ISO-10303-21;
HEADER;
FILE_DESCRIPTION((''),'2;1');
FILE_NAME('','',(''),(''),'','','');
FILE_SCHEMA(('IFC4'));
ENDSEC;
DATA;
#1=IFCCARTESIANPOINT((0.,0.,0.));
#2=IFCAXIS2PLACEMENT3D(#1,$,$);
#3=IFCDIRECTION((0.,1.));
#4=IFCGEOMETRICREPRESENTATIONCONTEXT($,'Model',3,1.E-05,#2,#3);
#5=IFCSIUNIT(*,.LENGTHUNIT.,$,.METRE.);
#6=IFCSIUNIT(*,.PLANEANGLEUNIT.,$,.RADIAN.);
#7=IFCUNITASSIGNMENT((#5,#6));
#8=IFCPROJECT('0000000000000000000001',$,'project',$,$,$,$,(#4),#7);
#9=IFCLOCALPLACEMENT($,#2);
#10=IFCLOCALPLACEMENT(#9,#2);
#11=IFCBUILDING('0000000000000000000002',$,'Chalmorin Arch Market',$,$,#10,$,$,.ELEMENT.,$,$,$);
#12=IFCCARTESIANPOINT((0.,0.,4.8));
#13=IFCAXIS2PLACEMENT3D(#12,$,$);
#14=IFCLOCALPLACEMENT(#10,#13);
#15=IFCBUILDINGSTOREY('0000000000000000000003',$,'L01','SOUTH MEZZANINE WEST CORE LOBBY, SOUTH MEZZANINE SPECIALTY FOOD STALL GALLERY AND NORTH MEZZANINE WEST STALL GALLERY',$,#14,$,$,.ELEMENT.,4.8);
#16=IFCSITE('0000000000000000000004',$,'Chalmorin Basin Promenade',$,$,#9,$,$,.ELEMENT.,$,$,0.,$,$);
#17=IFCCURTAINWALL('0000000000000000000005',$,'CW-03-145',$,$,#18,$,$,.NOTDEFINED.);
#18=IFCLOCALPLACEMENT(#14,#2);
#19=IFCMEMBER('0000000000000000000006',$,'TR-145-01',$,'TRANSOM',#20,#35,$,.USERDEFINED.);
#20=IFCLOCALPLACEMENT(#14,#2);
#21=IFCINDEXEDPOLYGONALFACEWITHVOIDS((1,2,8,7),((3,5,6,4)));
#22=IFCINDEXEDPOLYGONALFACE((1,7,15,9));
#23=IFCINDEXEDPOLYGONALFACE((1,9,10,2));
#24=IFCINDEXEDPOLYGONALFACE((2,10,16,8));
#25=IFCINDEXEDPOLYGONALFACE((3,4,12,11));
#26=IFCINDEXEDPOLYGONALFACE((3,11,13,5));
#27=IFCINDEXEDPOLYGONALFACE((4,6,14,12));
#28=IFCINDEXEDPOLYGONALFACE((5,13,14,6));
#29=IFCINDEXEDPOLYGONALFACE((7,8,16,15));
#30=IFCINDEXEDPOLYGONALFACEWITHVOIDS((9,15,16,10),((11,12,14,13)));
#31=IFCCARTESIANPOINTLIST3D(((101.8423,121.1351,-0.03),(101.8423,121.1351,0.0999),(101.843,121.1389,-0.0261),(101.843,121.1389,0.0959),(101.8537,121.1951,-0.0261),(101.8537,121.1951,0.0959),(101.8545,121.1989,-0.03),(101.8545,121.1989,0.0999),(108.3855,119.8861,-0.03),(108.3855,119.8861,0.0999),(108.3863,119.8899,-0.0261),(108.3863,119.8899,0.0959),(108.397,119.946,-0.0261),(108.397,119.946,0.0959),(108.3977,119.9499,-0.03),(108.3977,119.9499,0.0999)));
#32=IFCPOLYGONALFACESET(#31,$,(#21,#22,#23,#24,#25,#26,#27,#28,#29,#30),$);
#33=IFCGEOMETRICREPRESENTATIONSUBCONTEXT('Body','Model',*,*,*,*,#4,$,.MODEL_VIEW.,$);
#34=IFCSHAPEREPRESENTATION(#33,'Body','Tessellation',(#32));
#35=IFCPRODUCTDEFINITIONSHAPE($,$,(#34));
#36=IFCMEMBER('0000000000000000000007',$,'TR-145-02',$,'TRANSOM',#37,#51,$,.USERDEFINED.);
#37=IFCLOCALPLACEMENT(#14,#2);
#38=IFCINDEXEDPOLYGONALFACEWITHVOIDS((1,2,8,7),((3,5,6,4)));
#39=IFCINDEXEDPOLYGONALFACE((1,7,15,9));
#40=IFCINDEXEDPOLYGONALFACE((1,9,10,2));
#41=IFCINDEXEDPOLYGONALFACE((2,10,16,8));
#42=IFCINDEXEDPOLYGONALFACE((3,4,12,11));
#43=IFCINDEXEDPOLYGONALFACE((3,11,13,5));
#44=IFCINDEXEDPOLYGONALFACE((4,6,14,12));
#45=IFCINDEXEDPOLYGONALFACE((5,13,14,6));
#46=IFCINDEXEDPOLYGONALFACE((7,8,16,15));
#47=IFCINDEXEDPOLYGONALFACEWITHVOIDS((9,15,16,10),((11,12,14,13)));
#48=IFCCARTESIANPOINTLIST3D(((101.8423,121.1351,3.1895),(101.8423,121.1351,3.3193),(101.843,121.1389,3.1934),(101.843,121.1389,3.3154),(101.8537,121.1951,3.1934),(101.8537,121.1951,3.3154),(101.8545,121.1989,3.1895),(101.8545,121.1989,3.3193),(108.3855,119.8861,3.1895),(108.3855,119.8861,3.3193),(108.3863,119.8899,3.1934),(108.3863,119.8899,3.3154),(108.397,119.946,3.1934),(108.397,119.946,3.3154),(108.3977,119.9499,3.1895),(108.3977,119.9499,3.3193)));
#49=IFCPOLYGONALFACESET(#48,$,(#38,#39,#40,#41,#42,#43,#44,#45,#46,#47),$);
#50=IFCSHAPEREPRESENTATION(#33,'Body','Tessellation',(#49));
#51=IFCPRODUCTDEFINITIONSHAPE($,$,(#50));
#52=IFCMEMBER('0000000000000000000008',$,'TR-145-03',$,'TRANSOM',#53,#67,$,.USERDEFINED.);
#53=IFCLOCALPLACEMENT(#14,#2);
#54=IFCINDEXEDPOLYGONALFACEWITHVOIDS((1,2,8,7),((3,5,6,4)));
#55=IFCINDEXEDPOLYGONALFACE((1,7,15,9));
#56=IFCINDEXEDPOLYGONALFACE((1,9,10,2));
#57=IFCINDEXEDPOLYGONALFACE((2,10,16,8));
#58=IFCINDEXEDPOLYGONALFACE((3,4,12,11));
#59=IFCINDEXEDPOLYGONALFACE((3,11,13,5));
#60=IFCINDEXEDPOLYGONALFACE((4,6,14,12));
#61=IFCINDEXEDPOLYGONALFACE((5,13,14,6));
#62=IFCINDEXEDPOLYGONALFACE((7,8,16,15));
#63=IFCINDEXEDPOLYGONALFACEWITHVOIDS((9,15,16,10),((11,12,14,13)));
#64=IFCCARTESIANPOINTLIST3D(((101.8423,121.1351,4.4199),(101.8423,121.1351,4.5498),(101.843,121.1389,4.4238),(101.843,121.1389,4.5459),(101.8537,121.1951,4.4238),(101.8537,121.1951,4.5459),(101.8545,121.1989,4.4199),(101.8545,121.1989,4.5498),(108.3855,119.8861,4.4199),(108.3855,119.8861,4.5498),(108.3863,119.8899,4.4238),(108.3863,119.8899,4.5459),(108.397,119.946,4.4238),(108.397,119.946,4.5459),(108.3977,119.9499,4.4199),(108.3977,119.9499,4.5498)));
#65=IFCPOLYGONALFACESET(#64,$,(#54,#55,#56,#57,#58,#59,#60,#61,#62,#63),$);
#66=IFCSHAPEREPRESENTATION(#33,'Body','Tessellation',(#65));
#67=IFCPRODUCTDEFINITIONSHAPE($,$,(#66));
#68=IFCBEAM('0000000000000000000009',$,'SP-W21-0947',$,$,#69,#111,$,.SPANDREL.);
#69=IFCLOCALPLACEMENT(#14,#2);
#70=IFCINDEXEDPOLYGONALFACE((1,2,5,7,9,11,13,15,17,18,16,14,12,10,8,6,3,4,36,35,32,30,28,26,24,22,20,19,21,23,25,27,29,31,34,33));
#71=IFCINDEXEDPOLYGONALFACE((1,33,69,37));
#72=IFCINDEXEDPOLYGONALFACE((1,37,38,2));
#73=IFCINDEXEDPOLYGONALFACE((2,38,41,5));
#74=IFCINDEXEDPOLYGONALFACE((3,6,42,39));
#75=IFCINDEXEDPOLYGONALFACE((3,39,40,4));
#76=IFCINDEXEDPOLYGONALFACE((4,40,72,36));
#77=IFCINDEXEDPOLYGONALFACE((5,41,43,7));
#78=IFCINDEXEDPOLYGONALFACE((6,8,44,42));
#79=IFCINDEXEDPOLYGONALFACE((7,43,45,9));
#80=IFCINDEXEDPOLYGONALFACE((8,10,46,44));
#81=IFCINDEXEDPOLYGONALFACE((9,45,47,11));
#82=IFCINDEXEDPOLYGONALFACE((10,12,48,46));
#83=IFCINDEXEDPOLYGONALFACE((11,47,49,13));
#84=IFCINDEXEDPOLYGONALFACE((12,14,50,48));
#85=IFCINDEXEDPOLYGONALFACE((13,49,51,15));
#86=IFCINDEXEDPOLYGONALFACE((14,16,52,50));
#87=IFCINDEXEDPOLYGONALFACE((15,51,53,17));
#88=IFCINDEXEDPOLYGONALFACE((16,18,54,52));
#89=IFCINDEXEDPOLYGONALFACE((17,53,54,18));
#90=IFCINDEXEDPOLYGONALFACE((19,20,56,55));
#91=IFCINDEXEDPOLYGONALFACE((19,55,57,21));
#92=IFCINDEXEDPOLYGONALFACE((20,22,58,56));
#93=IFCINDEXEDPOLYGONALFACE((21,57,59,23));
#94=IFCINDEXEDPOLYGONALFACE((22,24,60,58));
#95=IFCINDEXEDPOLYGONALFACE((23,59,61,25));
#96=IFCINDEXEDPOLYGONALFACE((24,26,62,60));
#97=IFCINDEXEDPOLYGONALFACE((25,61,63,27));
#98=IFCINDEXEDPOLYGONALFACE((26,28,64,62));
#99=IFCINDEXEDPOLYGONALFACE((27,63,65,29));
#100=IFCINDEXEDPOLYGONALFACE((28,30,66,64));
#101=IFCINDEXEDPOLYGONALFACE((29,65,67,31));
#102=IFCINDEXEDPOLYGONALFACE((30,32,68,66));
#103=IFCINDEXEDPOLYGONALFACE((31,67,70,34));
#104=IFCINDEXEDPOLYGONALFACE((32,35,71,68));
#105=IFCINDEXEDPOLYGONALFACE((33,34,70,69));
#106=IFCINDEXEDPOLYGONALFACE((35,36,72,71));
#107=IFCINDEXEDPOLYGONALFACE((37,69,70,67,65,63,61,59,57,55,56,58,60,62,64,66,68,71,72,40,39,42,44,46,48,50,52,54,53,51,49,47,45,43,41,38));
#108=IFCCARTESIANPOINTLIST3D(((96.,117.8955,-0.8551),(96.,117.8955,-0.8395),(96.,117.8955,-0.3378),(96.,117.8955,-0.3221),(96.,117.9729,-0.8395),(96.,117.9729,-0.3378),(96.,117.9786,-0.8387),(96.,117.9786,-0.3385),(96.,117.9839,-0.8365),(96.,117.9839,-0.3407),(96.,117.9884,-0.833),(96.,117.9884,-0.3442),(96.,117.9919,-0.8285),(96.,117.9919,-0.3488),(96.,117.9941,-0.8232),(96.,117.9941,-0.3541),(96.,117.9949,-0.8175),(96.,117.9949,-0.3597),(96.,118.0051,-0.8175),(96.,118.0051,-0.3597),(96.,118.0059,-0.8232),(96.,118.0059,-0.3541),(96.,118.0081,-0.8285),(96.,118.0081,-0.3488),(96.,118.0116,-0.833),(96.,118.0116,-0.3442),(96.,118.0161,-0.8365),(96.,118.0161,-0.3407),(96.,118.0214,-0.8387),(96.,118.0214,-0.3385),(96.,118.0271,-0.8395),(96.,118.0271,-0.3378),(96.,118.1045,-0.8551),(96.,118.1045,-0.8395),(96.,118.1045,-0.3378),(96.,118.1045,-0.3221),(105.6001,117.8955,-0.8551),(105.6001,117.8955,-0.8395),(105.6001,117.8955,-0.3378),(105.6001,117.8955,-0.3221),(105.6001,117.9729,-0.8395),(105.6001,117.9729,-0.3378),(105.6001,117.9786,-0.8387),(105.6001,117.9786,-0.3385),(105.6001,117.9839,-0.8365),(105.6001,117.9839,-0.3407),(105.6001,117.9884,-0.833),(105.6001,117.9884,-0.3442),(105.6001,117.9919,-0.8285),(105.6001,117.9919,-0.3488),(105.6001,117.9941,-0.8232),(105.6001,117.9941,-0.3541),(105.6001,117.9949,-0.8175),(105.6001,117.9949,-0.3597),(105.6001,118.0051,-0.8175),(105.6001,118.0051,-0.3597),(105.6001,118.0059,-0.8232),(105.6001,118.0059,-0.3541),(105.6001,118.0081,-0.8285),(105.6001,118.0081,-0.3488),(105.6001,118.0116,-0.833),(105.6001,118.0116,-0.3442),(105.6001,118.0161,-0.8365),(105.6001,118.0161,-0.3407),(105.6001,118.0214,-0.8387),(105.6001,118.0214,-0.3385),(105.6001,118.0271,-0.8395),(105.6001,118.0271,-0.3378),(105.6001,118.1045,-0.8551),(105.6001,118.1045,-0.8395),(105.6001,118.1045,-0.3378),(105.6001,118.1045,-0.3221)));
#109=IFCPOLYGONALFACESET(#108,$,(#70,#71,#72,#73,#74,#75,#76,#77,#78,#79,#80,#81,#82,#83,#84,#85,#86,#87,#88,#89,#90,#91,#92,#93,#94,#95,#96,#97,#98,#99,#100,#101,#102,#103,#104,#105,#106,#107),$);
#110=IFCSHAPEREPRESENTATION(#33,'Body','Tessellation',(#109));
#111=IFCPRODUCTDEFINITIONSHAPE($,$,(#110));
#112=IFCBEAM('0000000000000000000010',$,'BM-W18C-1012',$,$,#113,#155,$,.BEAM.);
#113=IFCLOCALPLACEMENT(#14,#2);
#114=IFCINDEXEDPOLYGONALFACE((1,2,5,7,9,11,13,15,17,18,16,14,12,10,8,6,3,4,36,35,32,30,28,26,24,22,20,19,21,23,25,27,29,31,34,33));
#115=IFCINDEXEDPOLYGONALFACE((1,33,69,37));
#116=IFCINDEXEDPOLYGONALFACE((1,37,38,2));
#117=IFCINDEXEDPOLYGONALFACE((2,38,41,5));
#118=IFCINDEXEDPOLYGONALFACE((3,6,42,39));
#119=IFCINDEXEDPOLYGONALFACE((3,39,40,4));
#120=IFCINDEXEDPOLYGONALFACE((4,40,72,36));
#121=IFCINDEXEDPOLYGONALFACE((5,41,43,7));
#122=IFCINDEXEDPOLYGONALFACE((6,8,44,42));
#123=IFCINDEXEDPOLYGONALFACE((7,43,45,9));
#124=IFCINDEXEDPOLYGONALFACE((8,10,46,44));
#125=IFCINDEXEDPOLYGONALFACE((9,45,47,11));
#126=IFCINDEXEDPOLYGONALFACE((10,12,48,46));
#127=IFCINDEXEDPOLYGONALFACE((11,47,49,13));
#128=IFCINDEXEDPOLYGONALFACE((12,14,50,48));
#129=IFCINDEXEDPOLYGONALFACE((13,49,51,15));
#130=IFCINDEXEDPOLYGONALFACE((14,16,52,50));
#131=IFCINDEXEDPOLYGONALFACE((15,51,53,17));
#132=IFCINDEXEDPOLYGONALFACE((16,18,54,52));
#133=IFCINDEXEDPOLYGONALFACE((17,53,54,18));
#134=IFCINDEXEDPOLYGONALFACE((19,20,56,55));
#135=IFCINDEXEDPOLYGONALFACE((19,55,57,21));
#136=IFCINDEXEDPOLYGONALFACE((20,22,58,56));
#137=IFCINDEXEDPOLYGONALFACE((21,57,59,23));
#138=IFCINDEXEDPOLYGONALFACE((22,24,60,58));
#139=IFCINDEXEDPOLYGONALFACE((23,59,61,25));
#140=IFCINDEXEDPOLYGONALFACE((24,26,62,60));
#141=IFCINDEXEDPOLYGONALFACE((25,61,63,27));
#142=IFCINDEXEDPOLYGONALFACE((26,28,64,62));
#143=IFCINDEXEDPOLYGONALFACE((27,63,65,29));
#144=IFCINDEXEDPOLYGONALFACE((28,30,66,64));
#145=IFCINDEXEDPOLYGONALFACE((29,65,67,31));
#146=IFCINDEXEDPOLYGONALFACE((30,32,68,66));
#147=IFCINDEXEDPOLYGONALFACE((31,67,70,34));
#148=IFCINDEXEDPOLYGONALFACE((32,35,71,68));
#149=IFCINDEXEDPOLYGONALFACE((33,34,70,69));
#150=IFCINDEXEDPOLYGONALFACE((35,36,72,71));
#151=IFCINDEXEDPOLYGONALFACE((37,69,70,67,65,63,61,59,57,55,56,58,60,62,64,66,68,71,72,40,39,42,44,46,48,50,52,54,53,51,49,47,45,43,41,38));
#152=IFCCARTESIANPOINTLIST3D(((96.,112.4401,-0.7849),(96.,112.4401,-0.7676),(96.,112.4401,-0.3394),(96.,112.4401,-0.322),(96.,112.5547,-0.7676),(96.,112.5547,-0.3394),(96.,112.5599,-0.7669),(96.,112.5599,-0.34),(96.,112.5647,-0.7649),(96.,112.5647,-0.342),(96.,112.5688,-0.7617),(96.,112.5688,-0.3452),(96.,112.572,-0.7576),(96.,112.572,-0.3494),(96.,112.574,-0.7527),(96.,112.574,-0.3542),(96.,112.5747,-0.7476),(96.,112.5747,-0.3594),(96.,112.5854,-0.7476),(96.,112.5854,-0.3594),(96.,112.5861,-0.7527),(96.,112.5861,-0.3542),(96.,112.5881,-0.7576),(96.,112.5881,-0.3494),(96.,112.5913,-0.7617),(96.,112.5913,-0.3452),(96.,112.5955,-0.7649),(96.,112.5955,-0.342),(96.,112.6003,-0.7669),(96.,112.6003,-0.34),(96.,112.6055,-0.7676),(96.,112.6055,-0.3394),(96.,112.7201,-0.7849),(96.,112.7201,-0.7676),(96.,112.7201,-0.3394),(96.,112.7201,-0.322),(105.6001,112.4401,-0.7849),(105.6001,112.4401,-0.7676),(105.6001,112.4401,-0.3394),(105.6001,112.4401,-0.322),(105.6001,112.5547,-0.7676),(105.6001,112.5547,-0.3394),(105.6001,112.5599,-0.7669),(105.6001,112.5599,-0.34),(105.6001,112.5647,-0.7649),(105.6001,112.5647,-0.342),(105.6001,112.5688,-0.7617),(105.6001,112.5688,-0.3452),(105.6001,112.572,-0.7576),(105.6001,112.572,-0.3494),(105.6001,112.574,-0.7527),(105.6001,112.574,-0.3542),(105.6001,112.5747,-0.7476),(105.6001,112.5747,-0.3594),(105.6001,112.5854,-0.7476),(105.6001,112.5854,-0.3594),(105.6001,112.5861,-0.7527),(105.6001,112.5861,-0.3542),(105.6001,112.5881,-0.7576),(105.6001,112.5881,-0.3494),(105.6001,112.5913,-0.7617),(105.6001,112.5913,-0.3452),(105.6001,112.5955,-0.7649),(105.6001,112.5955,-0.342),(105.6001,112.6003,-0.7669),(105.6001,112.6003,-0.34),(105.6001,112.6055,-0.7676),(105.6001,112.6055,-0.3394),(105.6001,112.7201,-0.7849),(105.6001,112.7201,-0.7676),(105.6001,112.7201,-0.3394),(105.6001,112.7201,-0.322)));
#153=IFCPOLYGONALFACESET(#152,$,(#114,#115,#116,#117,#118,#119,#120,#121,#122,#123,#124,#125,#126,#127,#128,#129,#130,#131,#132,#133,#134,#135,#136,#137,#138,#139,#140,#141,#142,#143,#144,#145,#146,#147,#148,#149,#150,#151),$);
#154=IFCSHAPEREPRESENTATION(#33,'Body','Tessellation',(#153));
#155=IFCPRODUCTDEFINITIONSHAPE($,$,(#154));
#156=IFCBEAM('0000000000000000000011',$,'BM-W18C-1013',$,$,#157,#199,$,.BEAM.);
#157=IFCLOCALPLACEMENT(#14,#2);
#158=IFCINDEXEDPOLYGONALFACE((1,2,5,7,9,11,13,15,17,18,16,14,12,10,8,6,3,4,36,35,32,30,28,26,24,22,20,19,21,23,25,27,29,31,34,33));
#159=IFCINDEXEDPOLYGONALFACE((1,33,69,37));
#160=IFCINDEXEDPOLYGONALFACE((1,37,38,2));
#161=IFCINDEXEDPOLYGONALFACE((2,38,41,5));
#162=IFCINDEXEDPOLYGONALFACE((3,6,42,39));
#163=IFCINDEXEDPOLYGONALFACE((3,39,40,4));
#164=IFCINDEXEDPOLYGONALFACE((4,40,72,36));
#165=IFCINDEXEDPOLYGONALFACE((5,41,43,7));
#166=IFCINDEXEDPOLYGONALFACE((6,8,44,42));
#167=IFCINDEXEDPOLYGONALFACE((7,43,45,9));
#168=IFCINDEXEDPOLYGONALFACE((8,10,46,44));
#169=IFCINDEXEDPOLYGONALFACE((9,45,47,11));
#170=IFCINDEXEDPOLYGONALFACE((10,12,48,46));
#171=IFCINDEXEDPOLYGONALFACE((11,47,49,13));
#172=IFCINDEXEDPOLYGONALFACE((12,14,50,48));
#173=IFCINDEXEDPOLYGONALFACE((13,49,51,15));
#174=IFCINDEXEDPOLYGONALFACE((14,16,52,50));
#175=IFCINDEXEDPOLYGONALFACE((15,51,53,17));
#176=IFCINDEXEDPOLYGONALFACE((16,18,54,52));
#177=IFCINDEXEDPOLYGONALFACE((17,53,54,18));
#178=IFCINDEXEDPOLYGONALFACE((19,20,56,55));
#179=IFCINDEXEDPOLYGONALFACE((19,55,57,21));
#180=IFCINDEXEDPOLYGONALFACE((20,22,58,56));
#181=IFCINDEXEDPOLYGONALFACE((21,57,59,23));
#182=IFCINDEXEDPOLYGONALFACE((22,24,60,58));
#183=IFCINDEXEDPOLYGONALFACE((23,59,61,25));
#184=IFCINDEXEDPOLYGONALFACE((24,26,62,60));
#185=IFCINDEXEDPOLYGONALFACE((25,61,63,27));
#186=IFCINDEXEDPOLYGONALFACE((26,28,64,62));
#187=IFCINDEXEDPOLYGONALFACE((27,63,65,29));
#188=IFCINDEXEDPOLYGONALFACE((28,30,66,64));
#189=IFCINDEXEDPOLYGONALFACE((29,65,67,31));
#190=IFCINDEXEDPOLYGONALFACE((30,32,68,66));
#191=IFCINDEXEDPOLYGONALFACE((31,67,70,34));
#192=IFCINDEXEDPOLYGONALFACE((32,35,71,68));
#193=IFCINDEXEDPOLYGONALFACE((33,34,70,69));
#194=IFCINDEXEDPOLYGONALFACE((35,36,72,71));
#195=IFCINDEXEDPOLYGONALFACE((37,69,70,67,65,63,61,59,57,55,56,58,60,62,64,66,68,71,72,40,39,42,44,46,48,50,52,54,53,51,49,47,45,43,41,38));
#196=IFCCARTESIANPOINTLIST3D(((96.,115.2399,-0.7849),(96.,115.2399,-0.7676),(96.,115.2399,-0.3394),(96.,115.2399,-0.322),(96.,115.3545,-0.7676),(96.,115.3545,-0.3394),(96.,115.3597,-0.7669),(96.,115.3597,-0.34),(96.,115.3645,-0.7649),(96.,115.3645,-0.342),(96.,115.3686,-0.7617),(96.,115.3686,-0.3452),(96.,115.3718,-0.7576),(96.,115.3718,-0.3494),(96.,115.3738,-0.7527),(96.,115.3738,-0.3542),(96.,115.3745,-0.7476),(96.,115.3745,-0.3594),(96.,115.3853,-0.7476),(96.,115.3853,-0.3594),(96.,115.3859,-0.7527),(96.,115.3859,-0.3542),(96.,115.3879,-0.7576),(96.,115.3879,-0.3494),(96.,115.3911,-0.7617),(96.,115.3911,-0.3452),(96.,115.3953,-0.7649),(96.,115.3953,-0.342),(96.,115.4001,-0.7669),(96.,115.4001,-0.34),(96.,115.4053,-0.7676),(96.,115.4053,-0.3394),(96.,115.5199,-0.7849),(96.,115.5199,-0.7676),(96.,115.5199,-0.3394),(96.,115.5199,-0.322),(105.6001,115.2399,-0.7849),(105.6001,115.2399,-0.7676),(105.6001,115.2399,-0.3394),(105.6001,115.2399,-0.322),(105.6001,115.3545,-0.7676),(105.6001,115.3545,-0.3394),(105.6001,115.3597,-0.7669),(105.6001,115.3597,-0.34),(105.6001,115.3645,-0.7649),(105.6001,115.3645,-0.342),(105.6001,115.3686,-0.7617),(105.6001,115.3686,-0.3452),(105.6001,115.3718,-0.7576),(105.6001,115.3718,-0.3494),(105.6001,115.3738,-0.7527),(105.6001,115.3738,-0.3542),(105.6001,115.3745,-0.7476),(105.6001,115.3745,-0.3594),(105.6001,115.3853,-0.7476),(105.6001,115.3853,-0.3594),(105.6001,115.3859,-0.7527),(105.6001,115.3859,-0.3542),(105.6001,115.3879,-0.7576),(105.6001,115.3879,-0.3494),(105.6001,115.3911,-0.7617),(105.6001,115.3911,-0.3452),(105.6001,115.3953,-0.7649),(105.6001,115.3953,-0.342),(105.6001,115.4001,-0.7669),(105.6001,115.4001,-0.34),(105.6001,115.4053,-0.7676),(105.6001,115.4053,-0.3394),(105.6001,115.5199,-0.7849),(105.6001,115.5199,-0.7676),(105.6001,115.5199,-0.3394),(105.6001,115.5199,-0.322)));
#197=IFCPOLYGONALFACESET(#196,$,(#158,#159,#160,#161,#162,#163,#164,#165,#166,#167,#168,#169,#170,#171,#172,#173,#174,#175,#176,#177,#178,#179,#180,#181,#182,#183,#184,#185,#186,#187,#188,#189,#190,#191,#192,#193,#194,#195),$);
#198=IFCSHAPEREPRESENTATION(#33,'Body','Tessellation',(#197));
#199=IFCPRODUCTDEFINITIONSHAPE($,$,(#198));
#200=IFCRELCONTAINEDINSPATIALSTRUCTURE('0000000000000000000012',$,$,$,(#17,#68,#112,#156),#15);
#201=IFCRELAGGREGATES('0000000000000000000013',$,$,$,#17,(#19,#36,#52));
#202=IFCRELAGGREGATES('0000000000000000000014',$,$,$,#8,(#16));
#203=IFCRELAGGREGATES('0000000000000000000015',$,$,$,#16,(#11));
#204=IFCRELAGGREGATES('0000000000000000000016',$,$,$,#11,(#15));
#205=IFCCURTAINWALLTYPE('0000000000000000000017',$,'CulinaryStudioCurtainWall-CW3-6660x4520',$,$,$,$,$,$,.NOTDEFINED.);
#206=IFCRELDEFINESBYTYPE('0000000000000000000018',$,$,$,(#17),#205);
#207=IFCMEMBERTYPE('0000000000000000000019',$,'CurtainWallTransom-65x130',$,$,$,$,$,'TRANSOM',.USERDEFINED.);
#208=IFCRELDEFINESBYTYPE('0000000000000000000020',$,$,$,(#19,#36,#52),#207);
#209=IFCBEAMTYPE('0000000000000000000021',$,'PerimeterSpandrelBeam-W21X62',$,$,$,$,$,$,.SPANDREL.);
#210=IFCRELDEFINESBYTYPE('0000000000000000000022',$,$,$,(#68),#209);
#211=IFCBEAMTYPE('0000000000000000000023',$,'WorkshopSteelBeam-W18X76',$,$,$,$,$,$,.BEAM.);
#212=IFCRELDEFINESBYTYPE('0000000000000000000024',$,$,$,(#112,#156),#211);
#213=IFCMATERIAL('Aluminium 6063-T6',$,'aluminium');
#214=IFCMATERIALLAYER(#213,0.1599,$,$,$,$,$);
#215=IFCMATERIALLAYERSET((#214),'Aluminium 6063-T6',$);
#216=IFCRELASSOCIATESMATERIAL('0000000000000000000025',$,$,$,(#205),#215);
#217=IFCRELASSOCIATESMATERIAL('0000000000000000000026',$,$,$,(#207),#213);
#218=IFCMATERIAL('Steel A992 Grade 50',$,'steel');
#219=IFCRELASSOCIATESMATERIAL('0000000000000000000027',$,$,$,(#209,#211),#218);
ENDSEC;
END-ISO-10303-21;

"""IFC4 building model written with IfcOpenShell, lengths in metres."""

from ifc_helpers import new_model, si_unit, direction, frame, origin, origin_2d, place, context, subcontext, project, spatial, hollow_rectangle, i_section, extrude, material, layer, layer_set, material_profile, profile_set, type_object, element, aggregate, save


model = new_model("IFC4")

# Units and contexts
model_context = context("Model", 3, precision=1e-05, world=origin(), true_north=direction((0.0, 1.0)))
body_context = subcontext(model_context, "Body", "Model", "MODEL_VIEW")
ifc_project = project(units=[si_unit("LENGTHUNIT", "METRE"), si_unit("PLANEANGLEUNIT", "RADIAN")], contexts=[model_context])

# Site, building, storey
site_placement = place(None, origin())
site = spatial("IfcSite", under=ifc_project, at=site_placement, Name="Chalmorin Basin Promenade", CompositionType="ELEMENT", RefElevation=0.0)
building_placement = place(site_placement, origin())
building = spatial("IfcBuilding", under=site, at=building_placement, Name="Chalmorin Arch Market", CompositionType="ELEMENT")
storey_placement = place(building_placement, frame((0.0, 0.0, 4.8)))
storey = spatial("IfcBuildingStorey", under=building, at=storey_placement, Name="L01", Description="SOUTH MEZZANINE WEST CORE LOBBY, SOUTH MEZZANINE SPECIALTY FOOD STALL GALLERY AND NORTH MEZZANINE WEST STALL GALLERY", CompositionType="ELEMENT", Elevation=4.8)

# Shared definitions
ifc_material_1 = material(Name="Aluminium 6063-T6", Category="aluminium")

# Curtain wall
ifc_layer_1 = layer(ifc_material_1, 0.1599)
ifc_layer_set_1 = layer_set([ifc_layer_1], Name="Aluminium 6063-T6")
curtain_wall_type_1 = type_object("IfcCurtainWallType", Name="CulinaryStudioCurtainWall-CW3-6660x4520", PredefinedType="NOTDEFINED", material=ifc_layer_set_1)
curtain_wall_1_placement = place(storey_placement, origin())
curtain_wall_1 = element("IfcCurtainWall", 1, at=curtain_wall_1_placement, inside=storey, type_object=curtain_wall_type_1, Name="CW-03-145", PredefinedType="NOTDEFINED")

# Members
ifc_material_profile_1 = material_profile(ifc_material_1, hollow_rectangle(XDim=0.0649, YDim=0.1299, WallThickness=0.0039, at=origin_2d()), Name="ALU65X130X4")
ifc_profile_set_1 = profile_set([ifc_material_profile_1], Name="Aluminium 6063-T6")
member_type_1 = type_object("IfcMemberType", Name="CurtainWallTransom-65x130", ElementType="TRANSOM", PredefinedType="USERDEFINED", material=ifc_profile_set_1)
member_1_placement = place(storey_placement, frame((101.8484, 121.167, 0.0349), z_axis=(0.982264, -0.187503, 0.0), x_axis=(0.187503, 0.982264, 0.0)))
member_1 = element("IfcMember", 2, at=member_1_placement, type_object=member_type_1, Name="TR-145-01", ObjectType="TRANSOM", PredefinedType="USERDEFINED", context=body_context, shape_type="SweptSolid", body=[
    extrude(hollow_rectangle(XDim=0.0649, YDim=0.1299, WallThickness=0.0039, at=origin_2d()), origin(), (0.0, 0.0, 1.0), 6.6614),
])
member_2_placement = place(storey_placement, frame((101.8484, 121.167, 3.2544), z_axis=(0.982264, -0.187503, 0.0), x_axis=(0.187503, 0.982264, 0.0)))
member_2 = element("IfcMember", 3, at=member_2_placement, type_object=member_type_1, Name="TR-145-02", ObjectType="TRANSOM", PredefinedType="USERDEFINED", context=body_context, shape_type="SweptSolid", body=[
    extrude(hollow_rectangle(XDim=0.0649, YDim=0.1299, WallThickness=0.0039, at=origin_2d()), origin(), (0.0, 0.0, 1.0), 6.6614),
])
member_3_placement = place(storey_placement, frame((101.8484, 121.167, 4.4849), z_axis=(0.982264, -0.187503, 0.0), x_axis=(0.187503, 0.982264, 0.0)))
member_3 = element("IfcMember", 4, at=member_3_placement, type_object=member_type_1, Name="TR-145-03", ObjectType="TRANSOM", PredefinedType="USERDEFINED", context=body_context, shape_type="SweptSolid", body=[
    extrude(hollow_rectangle(XDim=0.0649, YDim=0.1299, WallThickness=0.0039, at=origin_2d()), origin(), (0.0, 0.0, 1.0), 6.6614),
])

# Beams
ifc_material_2 = material(Name="Steel A992 Grade 50", Category="steel")
ifc_material_profile_2 = material_profile(ifc_material_2, i_section(OverallWidth=0.209, OverallDepth=0.533, WebThickness=0.0103, FlangeThickness=0.0156, FilletRadius=0.022, at=origin_2d()), Name="W21X62")
ifc_profile_set_2 = profile_set([ifc_material_profile_2], Name="Steel A992 Grade 50")
beam_type_1 = type_object("IfcBeamType", Name="PerimeterSpandrelBeam-W21X62", PredefinedType="SPANDREL", material=ifc_profile_set_2)
beam_1_placement = place(storey_placement, frame((96.0, 118.0, -0.5886), z_axis=(1.0, 0.0, 0.0), x_axis=(0.0, 1.0, 0.0)))
element("IfcBeam", 5, at=beam_1_placement, inside=storey, type_object=beam_type_1, Name="SP-W21-0947", PredefinedType="SPANDREL", context=body_context, shape_type="SweptSolid", body=[
    extrude(i_section(OverallWidth=0.209, OverallDepth=0.533, WebThickness=0.0103, FlangeThickness=0.0156, FilletRadius=0.022, at=origin_2d()), origin(), (0.0, 0.0, 1.0), 9.6001),
])
ifc_material_profile_3 = material_profile(ifc_material_2, i_section(OverallWidth=0.28, OverallDepth=0.4629, WebThickness=0.0107, FlangeThickness=0.0173, FilletRadius=0.02, at=origin_2d()), Name="W18X76")
ifc_profile_set_3 = profile_set([ifc_material_profile_3], Name="Steel A992 Grade 50")
beam_type_2 = type_object("IfcBeamType", Name="WorkshopSteelBeam-W18X76", PredefinedType="BEAM", material=ifc_profile_set_3)
for number, where, z_axis, x_axis, name in (
    (6, (96.0, 112.5801, -0.5535), (1.0, 0.0, 0.0), (0.0, 1.0, 0.0), "BM-W18C-1012"),
    (7, (96.0, 115.3799, -0.5535), (1.0, 0.0, 0.0), (0.0, 1.0, 0.0), "BM-W18C-1013"),
):
    element("IfcBeam", number, at=place(storey_placement, frame(where, z_axis=z_axis, x_axis=x_axis)), inside=storey, type_object=beam_type_2, Name=name, PredefinedType="BEAM", context=body_context, shape_type="SweptSolid", body=[
        extrude(i_section(OverallWidth=0.28, OverallDepth=0.4629, WebThickness=0.0107, FlangeThickness=0.0173, FilletRadius=0.02, at=origin_2d()), origin(), (0.0, 0.0, 1.0), 9.6001),
    ])

aggregate(curtain_wall_1, [member_1, member_2, member_3])

save(model, "model.ifc")
